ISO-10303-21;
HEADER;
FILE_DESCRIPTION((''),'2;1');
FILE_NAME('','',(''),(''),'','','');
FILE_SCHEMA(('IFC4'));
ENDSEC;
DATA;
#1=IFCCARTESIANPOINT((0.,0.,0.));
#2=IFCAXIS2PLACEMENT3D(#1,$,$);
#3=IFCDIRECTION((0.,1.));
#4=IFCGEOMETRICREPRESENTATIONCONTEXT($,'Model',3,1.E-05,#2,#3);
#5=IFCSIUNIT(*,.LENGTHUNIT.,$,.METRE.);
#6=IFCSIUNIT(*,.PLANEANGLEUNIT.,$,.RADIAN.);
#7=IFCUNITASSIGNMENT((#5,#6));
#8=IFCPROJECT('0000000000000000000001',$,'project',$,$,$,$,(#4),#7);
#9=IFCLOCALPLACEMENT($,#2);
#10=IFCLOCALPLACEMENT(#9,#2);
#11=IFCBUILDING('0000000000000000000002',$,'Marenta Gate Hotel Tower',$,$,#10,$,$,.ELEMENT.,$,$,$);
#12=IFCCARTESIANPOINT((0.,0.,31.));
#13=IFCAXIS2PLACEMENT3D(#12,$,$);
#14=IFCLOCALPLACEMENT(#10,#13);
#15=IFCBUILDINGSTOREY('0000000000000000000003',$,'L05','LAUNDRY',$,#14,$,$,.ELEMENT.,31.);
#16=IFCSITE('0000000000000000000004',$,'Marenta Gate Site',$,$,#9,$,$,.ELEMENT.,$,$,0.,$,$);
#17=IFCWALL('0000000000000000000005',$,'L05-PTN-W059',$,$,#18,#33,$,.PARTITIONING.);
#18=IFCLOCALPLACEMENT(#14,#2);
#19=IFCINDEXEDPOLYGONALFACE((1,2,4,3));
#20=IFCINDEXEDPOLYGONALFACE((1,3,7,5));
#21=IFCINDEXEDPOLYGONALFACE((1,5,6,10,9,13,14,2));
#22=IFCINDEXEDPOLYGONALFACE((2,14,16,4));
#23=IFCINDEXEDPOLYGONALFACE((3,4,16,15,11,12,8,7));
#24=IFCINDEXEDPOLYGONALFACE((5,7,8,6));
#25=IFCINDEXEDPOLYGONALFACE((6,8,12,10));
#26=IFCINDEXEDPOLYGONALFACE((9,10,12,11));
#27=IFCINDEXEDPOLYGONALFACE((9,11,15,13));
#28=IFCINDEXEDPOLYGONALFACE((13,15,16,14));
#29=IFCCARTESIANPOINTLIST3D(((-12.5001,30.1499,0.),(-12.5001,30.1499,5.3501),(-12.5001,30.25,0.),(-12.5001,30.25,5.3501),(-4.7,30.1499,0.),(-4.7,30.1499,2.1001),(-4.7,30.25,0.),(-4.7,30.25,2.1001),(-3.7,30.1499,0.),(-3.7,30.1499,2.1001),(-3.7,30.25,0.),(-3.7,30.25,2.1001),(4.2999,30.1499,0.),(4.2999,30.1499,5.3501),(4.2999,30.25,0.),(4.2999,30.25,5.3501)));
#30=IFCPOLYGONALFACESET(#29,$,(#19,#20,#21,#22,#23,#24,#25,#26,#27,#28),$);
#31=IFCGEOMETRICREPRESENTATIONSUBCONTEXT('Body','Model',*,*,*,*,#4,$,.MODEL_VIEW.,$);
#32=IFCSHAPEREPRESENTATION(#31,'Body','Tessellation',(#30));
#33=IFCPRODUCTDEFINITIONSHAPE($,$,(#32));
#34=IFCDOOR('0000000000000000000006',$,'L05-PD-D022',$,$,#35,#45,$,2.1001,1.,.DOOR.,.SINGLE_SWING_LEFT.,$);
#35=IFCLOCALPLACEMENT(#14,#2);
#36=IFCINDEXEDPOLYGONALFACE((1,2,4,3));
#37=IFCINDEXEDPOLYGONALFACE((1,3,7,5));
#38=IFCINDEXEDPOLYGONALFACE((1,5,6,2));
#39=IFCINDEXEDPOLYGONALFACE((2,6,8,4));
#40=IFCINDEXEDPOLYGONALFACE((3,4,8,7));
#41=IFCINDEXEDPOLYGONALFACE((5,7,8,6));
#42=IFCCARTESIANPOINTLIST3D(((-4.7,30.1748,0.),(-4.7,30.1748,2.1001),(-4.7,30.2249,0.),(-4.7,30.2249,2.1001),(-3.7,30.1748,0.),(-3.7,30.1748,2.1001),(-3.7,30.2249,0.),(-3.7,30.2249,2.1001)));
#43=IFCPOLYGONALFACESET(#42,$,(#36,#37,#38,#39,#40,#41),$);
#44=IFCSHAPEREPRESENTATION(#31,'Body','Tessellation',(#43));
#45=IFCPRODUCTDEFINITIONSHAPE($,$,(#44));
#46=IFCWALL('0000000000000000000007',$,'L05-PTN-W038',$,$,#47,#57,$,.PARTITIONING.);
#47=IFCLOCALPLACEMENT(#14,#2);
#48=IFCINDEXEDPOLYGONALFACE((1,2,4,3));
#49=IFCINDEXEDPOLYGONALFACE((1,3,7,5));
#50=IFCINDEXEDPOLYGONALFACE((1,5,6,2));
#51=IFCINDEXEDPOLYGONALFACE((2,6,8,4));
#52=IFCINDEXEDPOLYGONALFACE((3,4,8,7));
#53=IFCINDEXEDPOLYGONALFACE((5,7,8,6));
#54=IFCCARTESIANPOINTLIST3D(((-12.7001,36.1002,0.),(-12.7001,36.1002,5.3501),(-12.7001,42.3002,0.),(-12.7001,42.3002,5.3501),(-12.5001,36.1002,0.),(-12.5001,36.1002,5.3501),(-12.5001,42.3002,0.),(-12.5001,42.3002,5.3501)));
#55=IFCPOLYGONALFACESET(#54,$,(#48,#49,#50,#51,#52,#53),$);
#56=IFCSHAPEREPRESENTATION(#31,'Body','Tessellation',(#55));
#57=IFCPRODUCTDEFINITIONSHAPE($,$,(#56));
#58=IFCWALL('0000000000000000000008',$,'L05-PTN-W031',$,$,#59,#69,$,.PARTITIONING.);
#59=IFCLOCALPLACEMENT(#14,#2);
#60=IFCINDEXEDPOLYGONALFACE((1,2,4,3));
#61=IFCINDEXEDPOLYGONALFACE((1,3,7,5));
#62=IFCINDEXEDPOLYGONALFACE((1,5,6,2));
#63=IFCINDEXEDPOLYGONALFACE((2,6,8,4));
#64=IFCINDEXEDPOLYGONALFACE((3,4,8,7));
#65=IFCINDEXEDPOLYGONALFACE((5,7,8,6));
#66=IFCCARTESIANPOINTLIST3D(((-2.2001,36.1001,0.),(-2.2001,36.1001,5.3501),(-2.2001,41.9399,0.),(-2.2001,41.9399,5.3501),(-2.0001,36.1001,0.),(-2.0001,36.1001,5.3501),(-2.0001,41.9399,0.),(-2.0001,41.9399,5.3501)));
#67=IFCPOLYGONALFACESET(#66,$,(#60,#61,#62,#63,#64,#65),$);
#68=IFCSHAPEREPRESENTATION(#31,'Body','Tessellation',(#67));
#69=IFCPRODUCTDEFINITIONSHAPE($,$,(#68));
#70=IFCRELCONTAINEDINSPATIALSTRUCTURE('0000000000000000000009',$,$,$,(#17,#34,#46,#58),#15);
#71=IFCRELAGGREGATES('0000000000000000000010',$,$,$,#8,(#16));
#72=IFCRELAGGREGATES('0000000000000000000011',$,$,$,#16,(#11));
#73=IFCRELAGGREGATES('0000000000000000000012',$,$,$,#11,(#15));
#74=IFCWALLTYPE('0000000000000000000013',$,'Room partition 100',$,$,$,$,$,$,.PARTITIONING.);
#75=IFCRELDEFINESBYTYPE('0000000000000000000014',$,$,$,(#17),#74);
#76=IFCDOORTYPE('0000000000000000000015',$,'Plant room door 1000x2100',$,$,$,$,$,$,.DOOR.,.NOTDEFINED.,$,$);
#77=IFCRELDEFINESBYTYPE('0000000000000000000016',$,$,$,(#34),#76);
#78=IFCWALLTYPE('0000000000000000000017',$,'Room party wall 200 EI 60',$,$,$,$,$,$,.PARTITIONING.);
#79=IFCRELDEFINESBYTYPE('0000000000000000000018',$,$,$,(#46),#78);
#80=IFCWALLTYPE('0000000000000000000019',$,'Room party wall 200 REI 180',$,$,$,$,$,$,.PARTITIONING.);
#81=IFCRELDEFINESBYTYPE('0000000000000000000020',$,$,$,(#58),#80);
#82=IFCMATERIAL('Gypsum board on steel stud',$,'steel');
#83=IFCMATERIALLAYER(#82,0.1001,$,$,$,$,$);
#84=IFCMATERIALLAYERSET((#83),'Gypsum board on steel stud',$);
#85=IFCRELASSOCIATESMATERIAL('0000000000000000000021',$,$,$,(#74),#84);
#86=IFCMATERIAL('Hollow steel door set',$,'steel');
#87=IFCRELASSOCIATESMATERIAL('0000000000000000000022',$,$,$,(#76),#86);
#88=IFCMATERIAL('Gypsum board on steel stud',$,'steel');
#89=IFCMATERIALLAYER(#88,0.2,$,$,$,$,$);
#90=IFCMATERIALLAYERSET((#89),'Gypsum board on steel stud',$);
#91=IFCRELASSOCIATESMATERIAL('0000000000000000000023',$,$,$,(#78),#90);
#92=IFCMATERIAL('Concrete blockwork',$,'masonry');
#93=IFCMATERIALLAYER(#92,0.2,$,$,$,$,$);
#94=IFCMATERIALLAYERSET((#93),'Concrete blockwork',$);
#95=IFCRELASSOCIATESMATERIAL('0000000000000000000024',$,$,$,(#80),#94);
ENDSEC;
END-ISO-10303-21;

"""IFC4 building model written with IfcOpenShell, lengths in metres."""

from ifc_helpers import new_model, si_unit, direction, frame, frame_2d, origin, place, context, subcontext, project, spatial, rectangle, extrude, material, layer, layer_set, type_object, element, fill, save


model = new_model("IFC4")

# Units and contexts
model_context = context("Model", 3, precision=1e-05, world=origin(), true_north=direction((0.0, 1.0)))
body_context = subcontext(model_context, "Body", "Model", "MODEL_VIEW")
ifc_project = project(units=[si_unit("LENGTHUNIT", "METRE"), si_unit("PLANEANGLEUNIT", "RADIAN")], contexts=[model_context])

# Site, building, storey
site_placement = place(None, origin())
site = spatial("IfcSite", under=ifc_project, at=site_placement, Name="Marenta Gate Site", CompositionType="ELEMENT", RefElevation=0.0)
building_placement = place(site_placement, origin())
building = spatial("IfcBuilding", under=site, at=building_placement, Name="Marenta Gate Hotel Tower", CompositionType="ELEMENT")
storey_placement = place(building_placement, frame((0.0, 0.0, 31.0)))
storey = spatial("IfcBuildingStorey", under=building, at=storey_placement, Name="L05", Description="LAUNDRY", CompositionType="ELEMENT", Elevation=31.0)

# Wall, opening, door
ifc_material_1 = material(Name="Gypsum board on steel stud", Category="steel")
ifc_layer_1 = layer(ifc_material_1, 0.1001)
ifc_layer_set_1 = layer_set([ifc_layer_1], Name="Gypsum board on steel stud")
wall_type_1 = type_object("IfcWallType", Name="Room partition 100", PredefinedType="PARTITIONING", material=ifc_layer_set_1)
wall_1_placement = place(storey_placement, frame((-12.5, 30.2, 0.0), z_axis=(0.0, 0.0, 1.0), x_axis=(1.0, 0.0, 0.0)))
wall_1 = element("IfcWall", 1, at=wall_1_placement, inside=storey, type_object=wall_type_1, Name="L05-PTN-W059", PredefinedType="PARTITIONING", context=body_context, shape_type="SweptSolid", body=[
    extrude(rectangle(XDim=16.8, YDim=0.1001, at=frame_2d((8.3999, 0.0))), origin(), (0.0, 0.0, 1.0), 5.3501),
])
opening_placement = place(wall_1_placement, frame((7.8, 0.0, 0.0)))
opening = element("IfcOpeningElement", 2, at=opening_placement, cuts=wall_1, PredefinedType="OPENING", context=body_context, shape_type="SweptSolid", body=[
    extrude(rectangle(XDim=1.0, YDim=2.1001, at=frame_2d((0.5, 1.05))), frame((0.0, 0.05, 0.0), z_axis=(0.0, -1.0, 0.0), x_axis=(1.0, 0.0, 0.0)), (0.0, 0.0, 1.0), 0.1001),
])
ifc_material_2 = material(Name="Hollow steel door set", Category="steel")
door_type = type_object("IfcDoorType", Name="Plant room door 1000x2100", OperationType="NOTDEFINED", PredefinedType="DOOR", material=ifc_material_2)
door_placement = place(opening_placement, origin())
door = element("IfcDoor", 3, at=door_placement, inside=storey, type_object=door_type, Name="L05-PD-D022", OperationType="SINGLE_SWING_LEFT", OverallHeight=2.1001, OverallWidth=1.0, PredefinedType="DOOR", context=body_context, shape_type="SweptSolid", body=[
    extrude(rectangle(XDim=1.0, YDim=2.1001, at=frame_2d((0.5, 1.05))), frame((0.0, 0.0249, 0.0), z_axis=(0.0, -1.0, 0.0), x_axis=(1.0, 0.0, 0.0)), (0.0, 0.0, 1.0), 0.05),
])
fill(opening, door)

# Walls
ifc_material_3 = material(Name="Gypsum board on steel stud", Category="steel")
ifc_layer_2 = layer(ifc_material_3, 0.2)
ifc_layer_set_2 = layer_set([ifc_layer_2], Name="Gypsum board on steel stud")
wall_type_2 = type_object("IfcWallType", Name="Room party wall 200 EI 60", PredefinedType="PARTITIONING", material=ifc_layer_set_2)
wall_2_placement = place(storey_placement, frame((-12.6001, 36.1001, 0.0), z_axis=(0.0, 0.0, 1.0), x_axis=(0.0, 1.0, 0.0)))
element("IfcWall", 4, at=wall_2_placement, inside=storey, type_object=wall_type_2, Name="L05-PTN-W038", PredefinedType="PARTITIONING", context=body_context, shape_type="SweptSolid", body=[
    extrude(rectangle(XDim=6.2, YDim=0.2, at=frame_2d((3.1001, 0.0))), origin(), (0.0, 0.0, 1.0), 5.3501),
])
ifc_material_4 = material(Name="Concrete blockwork", Category="masonry")
ifc_layer_3 = layer(ifc_material_4, 0.2)
ifc_layer_set_3 = layer_set([ifc_layer_3], Name="Concrete blockwork")
wall_type_3 = type_object("IfcWallType", Name="Room party wall 200 REI 180", PredefinedType="PARTITIONING", material=ifc_layer_set_3)
wall_3_placement = place(storey_placement, frame((-2.1001, 36.1001, 0.0), z_axis=(0.0, 0.0, 1.0), x_axis=(0.0, 1.0, 0.0)))
element("IfcWall", 5, at=wall_3_placement, inside=storey, type_object=wall_type_3, Name="L05-PTN-W031", PredefinedType="PARTITIONING", context=body_context, shape_type="SweptSolid", body=[
    extrude(rectangle(XDim=5.8398, YDim=0.2, at=frame_2d((2.9199, 0.0))), origin(), (0.0, 0.0, 1.0), 5.3501),
])

save(model, "model.ifc")
